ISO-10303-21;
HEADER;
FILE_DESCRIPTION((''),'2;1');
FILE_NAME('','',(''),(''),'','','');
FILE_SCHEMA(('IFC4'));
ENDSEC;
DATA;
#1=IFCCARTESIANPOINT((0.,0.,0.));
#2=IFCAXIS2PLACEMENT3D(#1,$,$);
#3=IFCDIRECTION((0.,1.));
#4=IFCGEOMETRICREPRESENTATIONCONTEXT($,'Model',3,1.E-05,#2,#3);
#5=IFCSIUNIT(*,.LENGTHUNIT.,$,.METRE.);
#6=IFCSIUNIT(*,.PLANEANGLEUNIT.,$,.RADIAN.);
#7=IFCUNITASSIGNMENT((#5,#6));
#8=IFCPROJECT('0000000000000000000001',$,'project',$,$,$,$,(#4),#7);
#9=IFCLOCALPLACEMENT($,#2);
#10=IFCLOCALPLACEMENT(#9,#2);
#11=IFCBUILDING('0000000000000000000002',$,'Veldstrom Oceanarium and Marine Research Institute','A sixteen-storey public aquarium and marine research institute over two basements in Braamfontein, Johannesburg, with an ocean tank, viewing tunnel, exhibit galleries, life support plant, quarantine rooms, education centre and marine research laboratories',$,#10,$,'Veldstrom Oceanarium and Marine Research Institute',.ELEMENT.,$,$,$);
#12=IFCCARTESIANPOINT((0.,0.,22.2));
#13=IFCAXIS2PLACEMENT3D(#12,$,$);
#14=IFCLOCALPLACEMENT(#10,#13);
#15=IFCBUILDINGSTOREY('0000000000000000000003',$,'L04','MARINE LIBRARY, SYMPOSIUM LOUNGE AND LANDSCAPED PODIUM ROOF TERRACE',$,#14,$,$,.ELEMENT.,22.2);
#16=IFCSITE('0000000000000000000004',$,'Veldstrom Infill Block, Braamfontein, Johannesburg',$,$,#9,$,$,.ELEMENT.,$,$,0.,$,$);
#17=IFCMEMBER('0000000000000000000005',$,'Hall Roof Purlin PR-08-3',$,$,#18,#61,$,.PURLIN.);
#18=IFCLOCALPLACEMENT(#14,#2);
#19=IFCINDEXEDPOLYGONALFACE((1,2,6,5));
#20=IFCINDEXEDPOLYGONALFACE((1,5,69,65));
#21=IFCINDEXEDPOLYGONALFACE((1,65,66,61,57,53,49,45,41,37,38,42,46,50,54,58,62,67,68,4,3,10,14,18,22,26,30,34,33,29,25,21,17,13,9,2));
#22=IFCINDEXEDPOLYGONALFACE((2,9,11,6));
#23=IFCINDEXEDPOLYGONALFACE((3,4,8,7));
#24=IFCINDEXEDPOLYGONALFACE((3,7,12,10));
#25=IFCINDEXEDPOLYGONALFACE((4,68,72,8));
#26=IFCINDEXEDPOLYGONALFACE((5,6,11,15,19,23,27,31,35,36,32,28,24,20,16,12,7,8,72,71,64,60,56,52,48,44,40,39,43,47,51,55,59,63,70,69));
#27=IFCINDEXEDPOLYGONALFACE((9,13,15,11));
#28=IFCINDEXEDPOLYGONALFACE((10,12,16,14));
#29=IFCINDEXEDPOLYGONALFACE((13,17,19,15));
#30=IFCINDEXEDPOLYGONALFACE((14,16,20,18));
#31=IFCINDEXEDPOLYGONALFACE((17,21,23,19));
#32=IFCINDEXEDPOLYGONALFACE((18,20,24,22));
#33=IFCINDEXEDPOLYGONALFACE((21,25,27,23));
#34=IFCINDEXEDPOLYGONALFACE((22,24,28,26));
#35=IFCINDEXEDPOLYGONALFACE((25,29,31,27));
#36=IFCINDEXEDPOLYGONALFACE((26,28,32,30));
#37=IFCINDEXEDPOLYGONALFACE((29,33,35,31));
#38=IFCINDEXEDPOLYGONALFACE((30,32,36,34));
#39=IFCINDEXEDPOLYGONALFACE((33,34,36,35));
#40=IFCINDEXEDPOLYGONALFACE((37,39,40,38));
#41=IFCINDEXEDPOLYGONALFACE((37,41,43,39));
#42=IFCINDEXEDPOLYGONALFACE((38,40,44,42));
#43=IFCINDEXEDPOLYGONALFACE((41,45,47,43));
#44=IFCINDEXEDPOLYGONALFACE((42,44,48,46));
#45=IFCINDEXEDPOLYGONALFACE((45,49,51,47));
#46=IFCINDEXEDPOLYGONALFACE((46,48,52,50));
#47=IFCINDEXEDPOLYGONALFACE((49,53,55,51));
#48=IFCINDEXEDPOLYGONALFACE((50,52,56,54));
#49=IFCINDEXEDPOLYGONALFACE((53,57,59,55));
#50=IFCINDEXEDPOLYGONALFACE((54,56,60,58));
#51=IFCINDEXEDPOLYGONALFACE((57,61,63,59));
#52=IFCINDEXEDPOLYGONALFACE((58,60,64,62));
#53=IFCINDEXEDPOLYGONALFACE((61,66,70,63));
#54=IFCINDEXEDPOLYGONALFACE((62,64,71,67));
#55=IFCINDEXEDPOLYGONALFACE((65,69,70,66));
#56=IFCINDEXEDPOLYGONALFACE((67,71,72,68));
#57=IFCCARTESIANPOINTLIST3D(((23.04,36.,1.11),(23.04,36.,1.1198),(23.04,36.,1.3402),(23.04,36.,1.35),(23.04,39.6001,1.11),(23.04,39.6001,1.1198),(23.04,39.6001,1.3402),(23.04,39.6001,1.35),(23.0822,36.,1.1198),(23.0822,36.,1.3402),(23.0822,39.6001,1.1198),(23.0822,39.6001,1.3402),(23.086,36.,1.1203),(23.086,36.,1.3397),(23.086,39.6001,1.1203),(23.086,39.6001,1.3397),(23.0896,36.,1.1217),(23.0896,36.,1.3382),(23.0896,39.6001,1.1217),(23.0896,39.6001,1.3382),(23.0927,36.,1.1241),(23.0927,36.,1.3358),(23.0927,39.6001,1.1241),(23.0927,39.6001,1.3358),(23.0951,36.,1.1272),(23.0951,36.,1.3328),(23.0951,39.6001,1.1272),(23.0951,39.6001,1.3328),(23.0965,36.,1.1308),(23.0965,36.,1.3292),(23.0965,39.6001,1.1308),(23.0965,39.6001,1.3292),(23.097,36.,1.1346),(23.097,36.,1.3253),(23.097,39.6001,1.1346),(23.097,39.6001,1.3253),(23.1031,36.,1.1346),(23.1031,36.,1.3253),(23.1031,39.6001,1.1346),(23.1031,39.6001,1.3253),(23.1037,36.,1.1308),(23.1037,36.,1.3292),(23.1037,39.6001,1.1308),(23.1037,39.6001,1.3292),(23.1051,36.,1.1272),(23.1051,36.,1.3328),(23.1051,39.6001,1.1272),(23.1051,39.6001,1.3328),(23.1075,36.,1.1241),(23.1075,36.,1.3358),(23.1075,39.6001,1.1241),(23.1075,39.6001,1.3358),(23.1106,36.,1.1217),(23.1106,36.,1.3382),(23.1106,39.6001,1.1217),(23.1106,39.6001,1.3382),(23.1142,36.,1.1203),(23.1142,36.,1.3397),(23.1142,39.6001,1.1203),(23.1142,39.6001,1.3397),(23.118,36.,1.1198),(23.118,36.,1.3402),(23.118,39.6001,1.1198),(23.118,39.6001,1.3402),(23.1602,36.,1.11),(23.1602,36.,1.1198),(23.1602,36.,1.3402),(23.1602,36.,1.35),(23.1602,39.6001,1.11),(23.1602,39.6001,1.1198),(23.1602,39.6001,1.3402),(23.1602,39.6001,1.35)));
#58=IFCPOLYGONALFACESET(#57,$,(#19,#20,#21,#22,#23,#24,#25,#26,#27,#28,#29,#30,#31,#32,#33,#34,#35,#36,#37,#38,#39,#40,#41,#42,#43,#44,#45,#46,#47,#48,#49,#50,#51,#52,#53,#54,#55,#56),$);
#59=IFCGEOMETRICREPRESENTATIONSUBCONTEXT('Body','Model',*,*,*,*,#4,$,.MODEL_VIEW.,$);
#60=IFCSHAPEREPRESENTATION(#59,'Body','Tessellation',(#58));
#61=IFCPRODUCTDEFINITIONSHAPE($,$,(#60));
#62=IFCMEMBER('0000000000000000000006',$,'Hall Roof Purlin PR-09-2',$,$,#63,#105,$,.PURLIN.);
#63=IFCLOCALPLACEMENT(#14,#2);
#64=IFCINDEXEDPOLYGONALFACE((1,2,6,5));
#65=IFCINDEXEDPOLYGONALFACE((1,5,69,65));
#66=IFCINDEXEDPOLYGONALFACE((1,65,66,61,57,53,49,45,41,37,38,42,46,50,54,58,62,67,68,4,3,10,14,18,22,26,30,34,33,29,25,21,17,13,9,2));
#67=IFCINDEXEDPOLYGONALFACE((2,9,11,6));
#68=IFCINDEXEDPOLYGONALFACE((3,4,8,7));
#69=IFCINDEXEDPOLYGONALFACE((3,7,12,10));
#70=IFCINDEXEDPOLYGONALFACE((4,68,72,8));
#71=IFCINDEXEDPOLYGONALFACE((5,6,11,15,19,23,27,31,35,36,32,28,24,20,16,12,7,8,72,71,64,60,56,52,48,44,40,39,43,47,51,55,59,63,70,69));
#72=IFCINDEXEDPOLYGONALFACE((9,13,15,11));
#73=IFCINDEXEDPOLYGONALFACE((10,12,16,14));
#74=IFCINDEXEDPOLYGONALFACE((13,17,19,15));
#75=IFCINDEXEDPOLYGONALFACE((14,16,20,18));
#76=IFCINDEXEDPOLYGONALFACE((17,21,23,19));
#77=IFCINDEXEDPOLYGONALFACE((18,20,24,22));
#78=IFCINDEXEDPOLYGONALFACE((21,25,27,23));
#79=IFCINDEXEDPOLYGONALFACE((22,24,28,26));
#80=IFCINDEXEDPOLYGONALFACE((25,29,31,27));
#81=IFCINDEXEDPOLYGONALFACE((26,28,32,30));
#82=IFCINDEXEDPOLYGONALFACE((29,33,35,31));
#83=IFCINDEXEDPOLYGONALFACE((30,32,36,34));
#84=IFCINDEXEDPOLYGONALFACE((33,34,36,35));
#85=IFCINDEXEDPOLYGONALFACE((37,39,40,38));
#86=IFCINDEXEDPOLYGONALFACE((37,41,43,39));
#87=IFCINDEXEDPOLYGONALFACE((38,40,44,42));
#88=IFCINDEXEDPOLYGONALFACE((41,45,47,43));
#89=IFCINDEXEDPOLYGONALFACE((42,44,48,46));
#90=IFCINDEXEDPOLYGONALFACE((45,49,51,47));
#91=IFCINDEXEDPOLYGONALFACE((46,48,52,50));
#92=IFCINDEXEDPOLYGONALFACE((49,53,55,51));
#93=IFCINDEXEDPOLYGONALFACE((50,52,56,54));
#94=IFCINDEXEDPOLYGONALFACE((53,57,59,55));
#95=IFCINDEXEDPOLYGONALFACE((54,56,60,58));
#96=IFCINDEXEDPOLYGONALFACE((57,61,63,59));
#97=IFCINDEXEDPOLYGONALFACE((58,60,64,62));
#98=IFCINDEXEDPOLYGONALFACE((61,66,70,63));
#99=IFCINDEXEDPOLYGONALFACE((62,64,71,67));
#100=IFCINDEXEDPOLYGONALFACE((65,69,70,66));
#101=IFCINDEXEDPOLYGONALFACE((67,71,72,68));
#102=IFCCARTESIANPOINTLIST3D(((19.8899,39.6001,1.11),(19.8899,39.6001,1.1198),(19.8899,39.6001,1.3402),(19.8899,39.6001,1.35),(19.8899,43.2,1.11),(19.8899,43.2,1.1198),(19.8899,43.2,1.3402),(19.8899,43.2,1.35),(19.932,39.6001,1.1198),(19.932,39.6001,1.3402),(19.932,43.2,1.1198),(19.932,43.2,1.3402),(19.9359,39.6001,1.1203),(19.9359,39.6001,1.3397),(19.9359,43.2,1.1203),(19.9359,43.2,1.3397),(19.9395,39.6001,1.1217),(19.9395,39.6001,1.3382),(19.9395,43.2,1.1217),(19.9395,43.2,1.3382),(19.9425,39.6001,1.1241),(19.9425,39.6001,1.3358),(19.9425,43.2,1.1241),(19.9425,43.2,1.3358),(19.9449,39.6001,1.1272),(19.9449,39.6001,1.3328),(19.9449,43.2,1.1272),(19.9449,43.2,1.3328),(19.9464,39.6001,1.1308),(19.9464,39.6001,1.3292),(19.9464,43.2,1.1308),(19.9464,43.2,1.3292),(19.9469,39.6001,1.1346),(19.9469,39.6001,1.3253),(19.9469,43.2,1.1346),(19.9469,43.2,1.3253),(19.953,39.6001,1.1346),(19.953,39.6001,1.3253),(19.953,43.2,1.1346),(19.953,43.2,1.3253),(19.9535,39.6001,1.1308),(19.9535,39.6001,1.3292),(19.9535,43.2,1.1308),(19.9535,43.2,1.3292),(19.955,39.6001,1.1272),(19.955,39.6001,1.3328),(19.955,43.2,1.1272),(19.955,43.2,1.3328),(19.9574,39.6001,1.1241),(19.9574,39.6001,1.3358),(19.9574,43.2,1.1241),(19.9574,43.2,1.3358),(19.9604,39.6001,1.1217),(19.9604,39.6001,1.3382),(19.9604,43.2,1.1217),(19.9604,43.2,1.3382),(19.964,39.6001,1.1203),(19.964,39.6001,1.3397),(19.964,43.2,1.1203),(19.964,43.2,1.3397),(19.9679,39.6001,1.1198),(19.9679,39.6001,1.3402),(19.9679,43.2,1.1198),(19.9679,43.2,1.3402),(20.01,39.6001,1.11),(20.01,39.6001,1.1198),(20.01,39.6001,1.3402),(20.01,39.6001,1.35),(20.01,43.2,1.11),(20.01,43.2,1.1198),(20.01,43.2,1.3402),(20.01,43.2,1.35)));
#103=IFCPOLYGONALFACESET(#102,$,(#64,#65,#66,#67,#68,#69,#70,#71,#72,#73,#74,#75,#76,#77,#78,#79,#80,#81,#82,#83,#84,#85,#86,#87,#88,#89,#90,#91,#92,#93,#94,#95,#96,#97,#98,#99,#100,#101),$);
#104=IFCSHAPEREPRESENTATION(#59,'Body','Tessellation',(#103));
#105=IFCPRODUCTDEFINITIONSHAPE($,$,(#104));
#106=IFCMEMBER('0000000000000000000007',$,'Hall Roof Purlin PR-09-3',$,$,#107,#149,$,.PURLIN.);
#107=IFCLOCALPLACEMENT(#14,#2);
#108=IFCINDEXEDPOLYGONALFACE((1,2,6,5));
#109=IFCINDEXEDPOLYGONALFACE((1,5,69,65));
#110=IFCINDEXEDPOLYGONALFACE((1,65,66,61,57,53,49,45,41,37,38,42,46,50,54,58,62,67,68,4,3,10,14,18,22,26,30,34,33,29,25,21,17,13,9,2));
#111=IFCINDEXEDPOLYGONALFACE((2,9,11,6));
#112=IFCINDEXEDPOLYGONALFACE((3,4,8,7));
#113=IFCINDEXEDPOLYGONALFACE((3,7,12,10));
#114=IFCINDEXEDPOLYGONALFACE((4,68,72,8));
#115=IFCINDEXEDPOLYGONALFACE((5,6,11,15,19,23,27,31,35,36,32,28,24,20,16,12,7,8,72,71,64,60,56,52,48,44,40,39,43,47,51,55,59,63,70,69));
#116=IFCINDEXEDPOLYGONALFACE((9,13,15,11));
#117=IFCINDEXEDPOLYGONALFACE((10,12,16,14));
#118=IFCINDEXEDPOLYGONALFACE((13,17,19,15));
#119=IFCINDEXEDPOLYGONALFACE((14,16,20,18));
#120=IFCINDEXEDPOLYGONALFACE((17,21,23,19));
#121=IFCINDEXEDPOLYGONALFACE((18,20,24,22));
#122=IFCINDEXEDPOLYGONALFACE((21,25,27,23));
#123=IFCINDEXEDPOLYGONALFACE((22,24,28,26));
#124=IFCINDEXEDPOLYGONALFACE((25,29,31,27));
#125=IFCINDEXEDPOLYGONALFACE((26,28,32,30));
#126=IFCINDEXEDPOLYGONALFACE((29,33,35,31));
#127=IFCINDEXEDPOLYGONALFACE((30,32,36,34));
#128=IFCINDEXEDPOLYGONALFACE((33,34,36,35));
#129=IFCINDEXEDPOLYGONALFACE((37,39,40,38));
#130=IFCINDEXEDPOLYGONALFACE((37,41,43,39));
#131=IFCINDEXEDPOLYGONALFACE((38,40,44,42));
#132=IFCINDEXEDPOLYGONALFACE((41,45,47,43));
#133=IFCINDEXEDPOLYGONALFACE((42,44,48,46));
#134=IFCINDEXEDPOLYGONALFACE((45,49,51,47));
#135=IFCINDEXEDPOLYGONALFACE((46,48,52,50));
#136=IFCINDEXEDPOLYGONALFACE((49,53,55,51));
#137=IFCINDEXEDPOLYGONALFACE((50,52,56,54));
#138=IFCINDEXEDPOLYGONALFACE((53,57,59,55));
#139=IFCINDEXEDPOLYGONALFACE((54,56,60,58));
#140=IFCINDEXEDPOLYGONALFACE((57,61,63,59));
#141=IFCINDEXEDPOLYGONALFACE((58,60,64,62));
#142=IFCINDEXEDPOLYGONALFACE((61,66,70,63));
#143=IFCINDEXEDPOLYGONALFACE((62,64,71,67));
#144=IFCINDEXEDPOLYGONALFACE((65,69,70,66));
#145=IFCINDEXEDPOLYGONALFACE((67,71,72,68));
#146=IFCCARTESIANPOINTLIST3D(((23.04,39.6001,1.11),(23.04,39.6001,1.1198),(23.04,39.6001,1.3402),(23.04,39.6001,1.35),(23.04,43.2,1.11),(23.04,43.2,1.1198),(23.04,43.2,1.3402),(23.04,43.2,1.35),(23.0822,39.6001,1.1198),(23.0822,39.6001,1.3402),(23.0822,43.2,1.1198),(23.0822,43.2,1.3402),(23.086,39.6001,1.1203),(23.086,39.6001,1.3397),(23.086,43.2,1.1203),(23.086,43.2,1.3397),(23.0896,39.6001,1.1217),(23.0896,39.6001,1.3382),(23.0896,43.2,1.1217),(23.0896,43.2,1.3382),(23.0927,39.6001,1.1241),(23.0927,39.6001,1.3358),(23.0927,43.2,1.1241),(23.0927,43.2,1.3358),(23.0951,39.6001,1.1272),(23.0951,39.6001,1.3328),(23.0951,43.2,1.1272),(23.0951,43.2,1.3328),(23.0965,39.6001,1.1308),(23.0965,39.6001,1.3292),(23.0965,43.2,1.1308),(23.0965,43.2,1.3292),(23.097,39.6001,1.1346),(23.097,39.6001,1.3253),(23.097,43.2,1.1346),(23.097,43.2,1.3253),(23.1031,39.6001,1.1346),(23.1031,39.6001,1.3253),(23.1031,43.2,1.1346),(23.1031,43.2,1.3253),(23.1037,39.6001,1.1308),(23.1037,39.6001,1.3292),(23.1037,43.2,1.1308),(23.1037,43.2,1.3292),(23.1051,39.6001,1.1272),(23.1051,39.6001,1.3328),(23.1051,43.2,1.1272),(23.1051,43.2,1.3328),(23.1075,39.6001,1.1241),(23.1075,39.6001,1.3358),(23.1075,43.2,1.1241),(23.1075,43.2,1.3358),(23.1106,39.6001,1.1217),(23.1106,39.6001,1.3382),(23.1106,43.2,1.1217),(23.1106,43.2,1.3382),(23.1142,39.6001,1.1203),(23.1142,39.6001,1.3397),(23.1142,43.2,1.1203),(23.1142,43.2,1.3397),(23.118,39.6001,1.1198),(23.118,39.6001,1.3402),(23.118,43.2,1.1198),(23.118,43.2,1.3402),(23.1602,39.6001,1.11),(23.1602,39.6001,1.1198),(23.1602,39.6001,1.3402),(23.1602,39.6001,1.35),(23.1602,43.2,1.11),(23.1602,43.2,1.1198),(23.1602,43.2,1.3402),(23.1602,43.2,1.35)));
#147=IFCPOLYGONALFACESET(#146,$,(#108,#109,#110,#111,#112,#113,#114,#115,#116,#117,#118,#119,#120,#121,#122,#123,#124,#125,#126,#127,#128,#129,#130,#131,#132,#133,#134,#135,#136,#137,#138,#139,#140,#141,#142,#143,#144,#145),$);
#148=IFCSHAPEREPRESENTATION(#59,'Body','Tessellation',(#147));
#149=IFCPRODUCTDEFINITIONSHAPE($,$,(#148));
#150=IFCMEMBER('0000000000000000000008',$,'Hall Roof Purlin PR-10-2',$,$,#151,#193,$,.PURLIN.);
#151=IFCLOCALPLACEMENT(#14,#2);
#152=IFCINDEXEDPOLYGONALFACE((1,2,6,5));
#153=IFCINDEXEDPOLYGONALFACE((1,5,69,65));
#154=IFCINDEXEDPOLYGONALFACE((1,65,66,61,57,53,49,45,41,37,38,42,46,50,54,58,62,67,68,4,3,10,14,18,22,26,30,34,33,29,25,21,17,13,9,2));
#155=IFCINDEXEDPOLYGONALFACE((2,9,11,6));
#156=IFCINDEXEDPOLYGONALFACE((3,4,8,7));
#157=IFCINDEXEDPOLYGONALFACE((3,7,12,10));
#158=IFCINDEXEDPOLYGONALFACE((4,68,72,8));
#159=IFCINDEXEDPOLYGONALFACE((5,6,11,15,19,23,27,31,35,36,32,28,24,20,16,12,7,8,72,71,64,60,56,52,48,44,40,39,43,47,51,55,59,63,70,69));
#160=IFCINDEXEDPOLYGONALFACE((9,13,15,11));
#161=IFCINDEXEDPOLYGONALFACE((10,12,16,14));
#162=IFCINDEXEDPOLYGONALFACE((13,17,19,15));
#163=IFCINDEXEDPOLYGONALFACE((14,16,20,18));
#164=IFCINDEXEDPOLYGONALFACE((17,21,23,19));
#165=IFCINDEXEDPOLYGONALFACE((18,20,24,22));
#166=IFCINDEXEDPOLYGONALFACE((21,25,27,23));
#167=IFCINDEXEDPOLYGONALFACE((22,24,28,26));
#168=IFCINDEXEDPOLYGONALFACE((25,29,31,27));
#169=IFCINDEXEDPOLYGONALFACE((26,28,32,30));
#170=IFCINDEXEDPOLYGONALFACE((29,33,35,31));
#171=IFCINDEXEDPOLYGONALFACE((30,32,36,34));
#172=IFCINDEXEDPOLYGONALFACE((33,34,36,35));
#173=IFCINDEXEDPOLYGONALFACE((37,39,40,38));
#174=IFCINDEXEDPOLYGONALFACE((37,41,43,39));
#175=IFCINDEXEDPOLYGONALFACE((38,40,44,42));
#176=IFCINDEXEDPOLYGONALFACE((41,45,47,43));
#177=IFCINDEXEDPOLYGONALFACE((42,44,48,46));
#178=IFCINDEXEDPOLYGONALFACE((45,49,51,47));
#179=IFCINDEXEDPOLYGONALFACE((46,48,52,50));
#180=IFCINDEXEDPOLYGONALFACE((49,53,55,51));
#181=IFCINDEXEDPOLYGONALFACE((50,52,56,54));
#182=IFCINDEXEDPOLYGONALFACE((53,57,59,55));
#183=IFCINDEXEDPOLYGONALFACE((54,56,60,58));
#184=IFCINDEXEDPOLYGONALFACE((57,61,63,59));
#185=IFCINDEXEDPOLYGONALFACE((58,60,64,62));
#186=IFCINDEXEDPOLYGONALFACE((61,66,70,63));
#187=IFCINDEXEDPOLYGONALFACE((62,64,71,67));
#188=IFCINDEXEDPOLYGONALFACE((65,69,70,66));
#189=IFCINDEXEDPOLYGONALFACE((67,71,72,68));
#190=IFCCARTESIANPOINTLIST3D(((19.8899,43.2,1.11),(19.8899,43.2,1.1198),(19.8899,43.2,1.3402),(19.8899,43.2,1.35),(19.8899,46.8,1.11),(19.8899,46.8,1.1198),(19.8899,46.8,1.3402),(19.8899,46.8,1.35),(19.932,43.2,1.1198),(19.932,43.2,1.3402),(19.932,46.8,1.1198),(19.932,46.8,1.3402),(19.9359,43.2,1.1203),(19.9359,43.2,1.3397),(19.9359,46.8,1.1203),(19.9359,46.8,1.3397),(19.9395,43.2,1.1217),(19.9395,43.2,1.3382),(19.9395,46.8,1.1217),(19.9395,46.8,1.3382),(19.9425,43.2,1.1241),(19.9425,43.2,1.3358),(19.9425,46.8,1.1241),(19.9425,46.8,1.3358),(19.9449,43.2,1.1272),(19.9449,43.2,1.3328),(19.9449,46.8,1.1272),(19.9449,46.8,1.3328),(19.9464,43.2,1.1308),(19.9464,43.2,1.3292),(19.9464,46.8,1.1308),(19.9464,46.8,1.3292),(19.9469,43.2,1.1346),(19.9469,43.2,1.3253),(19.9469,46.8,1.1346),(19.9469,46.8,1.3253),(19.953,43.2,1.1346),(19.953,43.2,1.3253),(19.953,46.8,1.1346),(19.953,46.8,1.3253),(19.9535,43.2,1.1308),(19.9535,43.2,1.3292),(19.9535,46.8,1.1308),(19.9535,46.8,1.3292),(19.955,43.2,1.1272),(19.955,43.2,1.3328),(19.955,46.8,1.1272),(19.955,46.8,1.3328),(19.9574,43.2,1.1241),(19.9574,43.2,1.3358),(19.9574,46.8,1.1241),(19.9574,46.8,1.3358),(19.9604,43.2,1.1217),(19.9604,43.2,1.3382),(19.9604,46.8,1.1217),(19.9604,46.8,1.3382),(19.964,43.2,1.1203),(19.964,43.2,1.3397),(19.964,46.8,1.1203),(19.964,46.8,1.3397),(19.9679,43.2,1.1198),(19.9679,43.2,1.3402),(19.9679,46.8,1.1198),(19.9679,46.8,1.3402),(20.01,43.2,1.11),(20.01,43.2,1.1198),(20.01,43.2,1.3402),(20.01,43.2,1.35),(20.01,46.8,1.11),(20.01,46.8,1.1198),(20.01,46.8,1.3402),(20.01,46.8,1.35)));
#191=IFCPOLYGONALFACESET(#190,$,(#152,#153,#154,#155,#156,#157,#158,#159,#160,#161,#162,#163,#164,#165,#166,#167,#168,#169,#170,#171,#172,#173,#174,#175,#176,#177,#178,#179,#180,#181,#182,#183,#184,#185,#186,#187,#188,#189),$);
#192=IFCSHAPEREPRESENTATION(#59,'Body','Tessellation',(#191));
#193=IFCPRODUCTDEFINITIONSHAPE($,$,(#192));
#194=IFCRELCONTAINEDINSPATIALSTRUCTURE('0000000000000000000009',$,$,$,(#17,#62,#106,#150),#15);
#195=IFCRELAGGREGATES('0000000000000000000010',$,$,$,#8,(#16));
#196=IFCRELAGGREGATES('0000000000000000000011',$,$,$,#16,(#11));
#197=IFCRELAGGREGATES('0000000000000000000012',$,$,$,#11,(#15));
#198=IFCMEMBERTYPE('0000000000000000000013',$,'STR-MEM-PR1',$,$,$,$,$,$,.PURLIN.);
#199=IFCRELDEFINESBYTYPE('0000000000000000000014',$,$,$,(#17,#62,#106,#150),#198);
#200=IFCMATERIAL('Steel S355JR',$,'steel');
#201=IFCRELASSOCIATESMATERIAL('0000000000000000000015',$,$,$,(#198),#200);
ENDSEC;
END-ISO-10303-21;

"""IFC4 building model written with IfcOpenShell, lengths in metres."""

from ifc_helpers import new_model, si_unit, direction, frame, origin, origin_2d, place, context, subcontext, project, spatial, i_section, extrude, material, material_profile, profile_set, type_object, element, save


model = new_model("IFC4")

# Units and contexts
model_context = context("Model", 3, precision=1e-05, world=origin(), true_north=direction((0.0, 1.0)))
body_context = subcontext(model_context, "Body", "Model", "MODEL_VIEW")
ifc_project = project(units=[si_unit("LENGTHUNIT", "METRE"), si_unit("PLANEANGLEUNIT", "RADIAN")], contexts=[model_context])

# Site, building, storey
site_placement = place(None, origin())
site = spatial("IfcSite", under=ifc_project, at=site_placement, Name="Veldstrom Infill Block, Braamfontein, Johannesburg", CompositionType="ELEMENT", RefElevation=0.0)
building_placement = place(site_placement, origin())
building = spatial("IfcBuilding", under=site, at=building_placement, Name="Veldstrom Oceanarium and Marine Research Institute", Description="A sixteen-storey public aquarium and marine research institute over two basements in Braamfontein, Johannesburg, with an ocean tank, viewing tunnel, exhibit galleries, life support plant, quarantine rooms, education centre and marine research laboratories", LongName="Veldstrom Oceanarium and Marine Research Institute", CompositionType="ELEMENT")
storey_placement = place(building_placement, frame((0.0, 0.0, 22.2)))
storey = spatial("IfcBuildingStorey", under=building, at=storey_placement, Name="L04", Description="MARINE LIBRARY, SYMPOSIUM LOUNGE AND LANDSCAPED PODIUM ROOF TERRACE", CompositionType="ELEMENT", Elevation=22.2)

# Members
ifc_material_1 = material(Name="Steel S355JR", Category="steel")
ifc_material_profile_1 = material_profile(ifc_material_1, i_section(OverallWidth=0.1201, OverallDepth=0.24, WebThickness=0.0061, FlangeThickness=0.0098, FilletRadius=0.0149, at=origin_2d()), Name="IPE 240")
ifc_profile_set_1 = profile_set([ifc_material_profile_1], Name="Steel S355JR")
member_type_1 = type_object("IfcMemberType", Name="STR-MEM-PR1", PredefinedType="PURLIN", material=ifc_profile_set_1)
for number, where, z_axis, x_axis, name in (
    (1, (23.1001, 36.0, 1.23), (0.0, 1.0, 0.0), (-1.0, 0.0, 0.0), "Hall Roof Purlin PR-08-3"),
):
    element("IfcMember", number, at=place(storey_placement, frame(where, z_axis=z_axis, x_axis=x_axis)), inside=storey, type_object=member_type_1, Name=name, PredefinedType="PURLIN", context=body_context, shape_type="SweptSolid", body=[
        extrude(i_section(OverallWidth=0.1201, OverallDepth=0.24, WebThickness=0.0061, FlangeThickness=0.0098, FilletRadius=0.0149, at=origin_2d()), origin(), (0.0, 0.0, 1.0), 3.6001),
    ])
for number, where, z_axis, x_axis, name in (
    (2, (19.95, 39.6001, 1.23), (0.0, 1.0, 0.0), (-1.0, 0.0, 0.0), "Hall Roof Purlin PR-09-2"),
    (3, (23.1001, 39.6001, 1.23), (0.0, 1.0, 0.0), (-1.0, 0.0, 0.0), "Hall Roof Purlin PR-09-3"),
):
    element("IfcMember", number, at=place(storey_placement, frame(where, z_axis=z_axis, x_axis=x_axis)), inside=storey, type_object=member_type_1, Name=name, PredefinedType="PURLIN", context=body_context, shape_type="SweptSolid", body=[
        extrude(i_section(OverallWidth=0.1201, OverallDepth=0.24, WebThickness=0.0061, FlangeThickness=0.0098, FilletRadius=0.0149, at=origin_2d()), origin(), (0.0, 0.0, 1.0), 3.5999),
    ])
for number, where, z_axis, x_axis, name in (
    (4, (19.95, 43.2, 1.23), (0.0, 1.0, 0.0), (-1.0, 0.0, 0.0), "Hall Roof Purlin PR-10-2"),
):
    element("IfcMember", number, at=place(storey_placement, frame(where, z_axis=z_axis, x_axis=x_axis)), inside=storey, type_object=member_type_1, Name=name, PredefinedType="PURLIN", context=body_context, shape_type="SweptSolid", body=[
        extrude(i_section(OverallWidth=0.1201, OverallDepth=0.24, WebThickness=0.0061, FlangeThickness=0.0098, FilletRadius=0.0149, at=origin_2d()), origin(), (0.0, 0.0, 1.0), 3.6001),
    ])

save(model, "model.ifc")
